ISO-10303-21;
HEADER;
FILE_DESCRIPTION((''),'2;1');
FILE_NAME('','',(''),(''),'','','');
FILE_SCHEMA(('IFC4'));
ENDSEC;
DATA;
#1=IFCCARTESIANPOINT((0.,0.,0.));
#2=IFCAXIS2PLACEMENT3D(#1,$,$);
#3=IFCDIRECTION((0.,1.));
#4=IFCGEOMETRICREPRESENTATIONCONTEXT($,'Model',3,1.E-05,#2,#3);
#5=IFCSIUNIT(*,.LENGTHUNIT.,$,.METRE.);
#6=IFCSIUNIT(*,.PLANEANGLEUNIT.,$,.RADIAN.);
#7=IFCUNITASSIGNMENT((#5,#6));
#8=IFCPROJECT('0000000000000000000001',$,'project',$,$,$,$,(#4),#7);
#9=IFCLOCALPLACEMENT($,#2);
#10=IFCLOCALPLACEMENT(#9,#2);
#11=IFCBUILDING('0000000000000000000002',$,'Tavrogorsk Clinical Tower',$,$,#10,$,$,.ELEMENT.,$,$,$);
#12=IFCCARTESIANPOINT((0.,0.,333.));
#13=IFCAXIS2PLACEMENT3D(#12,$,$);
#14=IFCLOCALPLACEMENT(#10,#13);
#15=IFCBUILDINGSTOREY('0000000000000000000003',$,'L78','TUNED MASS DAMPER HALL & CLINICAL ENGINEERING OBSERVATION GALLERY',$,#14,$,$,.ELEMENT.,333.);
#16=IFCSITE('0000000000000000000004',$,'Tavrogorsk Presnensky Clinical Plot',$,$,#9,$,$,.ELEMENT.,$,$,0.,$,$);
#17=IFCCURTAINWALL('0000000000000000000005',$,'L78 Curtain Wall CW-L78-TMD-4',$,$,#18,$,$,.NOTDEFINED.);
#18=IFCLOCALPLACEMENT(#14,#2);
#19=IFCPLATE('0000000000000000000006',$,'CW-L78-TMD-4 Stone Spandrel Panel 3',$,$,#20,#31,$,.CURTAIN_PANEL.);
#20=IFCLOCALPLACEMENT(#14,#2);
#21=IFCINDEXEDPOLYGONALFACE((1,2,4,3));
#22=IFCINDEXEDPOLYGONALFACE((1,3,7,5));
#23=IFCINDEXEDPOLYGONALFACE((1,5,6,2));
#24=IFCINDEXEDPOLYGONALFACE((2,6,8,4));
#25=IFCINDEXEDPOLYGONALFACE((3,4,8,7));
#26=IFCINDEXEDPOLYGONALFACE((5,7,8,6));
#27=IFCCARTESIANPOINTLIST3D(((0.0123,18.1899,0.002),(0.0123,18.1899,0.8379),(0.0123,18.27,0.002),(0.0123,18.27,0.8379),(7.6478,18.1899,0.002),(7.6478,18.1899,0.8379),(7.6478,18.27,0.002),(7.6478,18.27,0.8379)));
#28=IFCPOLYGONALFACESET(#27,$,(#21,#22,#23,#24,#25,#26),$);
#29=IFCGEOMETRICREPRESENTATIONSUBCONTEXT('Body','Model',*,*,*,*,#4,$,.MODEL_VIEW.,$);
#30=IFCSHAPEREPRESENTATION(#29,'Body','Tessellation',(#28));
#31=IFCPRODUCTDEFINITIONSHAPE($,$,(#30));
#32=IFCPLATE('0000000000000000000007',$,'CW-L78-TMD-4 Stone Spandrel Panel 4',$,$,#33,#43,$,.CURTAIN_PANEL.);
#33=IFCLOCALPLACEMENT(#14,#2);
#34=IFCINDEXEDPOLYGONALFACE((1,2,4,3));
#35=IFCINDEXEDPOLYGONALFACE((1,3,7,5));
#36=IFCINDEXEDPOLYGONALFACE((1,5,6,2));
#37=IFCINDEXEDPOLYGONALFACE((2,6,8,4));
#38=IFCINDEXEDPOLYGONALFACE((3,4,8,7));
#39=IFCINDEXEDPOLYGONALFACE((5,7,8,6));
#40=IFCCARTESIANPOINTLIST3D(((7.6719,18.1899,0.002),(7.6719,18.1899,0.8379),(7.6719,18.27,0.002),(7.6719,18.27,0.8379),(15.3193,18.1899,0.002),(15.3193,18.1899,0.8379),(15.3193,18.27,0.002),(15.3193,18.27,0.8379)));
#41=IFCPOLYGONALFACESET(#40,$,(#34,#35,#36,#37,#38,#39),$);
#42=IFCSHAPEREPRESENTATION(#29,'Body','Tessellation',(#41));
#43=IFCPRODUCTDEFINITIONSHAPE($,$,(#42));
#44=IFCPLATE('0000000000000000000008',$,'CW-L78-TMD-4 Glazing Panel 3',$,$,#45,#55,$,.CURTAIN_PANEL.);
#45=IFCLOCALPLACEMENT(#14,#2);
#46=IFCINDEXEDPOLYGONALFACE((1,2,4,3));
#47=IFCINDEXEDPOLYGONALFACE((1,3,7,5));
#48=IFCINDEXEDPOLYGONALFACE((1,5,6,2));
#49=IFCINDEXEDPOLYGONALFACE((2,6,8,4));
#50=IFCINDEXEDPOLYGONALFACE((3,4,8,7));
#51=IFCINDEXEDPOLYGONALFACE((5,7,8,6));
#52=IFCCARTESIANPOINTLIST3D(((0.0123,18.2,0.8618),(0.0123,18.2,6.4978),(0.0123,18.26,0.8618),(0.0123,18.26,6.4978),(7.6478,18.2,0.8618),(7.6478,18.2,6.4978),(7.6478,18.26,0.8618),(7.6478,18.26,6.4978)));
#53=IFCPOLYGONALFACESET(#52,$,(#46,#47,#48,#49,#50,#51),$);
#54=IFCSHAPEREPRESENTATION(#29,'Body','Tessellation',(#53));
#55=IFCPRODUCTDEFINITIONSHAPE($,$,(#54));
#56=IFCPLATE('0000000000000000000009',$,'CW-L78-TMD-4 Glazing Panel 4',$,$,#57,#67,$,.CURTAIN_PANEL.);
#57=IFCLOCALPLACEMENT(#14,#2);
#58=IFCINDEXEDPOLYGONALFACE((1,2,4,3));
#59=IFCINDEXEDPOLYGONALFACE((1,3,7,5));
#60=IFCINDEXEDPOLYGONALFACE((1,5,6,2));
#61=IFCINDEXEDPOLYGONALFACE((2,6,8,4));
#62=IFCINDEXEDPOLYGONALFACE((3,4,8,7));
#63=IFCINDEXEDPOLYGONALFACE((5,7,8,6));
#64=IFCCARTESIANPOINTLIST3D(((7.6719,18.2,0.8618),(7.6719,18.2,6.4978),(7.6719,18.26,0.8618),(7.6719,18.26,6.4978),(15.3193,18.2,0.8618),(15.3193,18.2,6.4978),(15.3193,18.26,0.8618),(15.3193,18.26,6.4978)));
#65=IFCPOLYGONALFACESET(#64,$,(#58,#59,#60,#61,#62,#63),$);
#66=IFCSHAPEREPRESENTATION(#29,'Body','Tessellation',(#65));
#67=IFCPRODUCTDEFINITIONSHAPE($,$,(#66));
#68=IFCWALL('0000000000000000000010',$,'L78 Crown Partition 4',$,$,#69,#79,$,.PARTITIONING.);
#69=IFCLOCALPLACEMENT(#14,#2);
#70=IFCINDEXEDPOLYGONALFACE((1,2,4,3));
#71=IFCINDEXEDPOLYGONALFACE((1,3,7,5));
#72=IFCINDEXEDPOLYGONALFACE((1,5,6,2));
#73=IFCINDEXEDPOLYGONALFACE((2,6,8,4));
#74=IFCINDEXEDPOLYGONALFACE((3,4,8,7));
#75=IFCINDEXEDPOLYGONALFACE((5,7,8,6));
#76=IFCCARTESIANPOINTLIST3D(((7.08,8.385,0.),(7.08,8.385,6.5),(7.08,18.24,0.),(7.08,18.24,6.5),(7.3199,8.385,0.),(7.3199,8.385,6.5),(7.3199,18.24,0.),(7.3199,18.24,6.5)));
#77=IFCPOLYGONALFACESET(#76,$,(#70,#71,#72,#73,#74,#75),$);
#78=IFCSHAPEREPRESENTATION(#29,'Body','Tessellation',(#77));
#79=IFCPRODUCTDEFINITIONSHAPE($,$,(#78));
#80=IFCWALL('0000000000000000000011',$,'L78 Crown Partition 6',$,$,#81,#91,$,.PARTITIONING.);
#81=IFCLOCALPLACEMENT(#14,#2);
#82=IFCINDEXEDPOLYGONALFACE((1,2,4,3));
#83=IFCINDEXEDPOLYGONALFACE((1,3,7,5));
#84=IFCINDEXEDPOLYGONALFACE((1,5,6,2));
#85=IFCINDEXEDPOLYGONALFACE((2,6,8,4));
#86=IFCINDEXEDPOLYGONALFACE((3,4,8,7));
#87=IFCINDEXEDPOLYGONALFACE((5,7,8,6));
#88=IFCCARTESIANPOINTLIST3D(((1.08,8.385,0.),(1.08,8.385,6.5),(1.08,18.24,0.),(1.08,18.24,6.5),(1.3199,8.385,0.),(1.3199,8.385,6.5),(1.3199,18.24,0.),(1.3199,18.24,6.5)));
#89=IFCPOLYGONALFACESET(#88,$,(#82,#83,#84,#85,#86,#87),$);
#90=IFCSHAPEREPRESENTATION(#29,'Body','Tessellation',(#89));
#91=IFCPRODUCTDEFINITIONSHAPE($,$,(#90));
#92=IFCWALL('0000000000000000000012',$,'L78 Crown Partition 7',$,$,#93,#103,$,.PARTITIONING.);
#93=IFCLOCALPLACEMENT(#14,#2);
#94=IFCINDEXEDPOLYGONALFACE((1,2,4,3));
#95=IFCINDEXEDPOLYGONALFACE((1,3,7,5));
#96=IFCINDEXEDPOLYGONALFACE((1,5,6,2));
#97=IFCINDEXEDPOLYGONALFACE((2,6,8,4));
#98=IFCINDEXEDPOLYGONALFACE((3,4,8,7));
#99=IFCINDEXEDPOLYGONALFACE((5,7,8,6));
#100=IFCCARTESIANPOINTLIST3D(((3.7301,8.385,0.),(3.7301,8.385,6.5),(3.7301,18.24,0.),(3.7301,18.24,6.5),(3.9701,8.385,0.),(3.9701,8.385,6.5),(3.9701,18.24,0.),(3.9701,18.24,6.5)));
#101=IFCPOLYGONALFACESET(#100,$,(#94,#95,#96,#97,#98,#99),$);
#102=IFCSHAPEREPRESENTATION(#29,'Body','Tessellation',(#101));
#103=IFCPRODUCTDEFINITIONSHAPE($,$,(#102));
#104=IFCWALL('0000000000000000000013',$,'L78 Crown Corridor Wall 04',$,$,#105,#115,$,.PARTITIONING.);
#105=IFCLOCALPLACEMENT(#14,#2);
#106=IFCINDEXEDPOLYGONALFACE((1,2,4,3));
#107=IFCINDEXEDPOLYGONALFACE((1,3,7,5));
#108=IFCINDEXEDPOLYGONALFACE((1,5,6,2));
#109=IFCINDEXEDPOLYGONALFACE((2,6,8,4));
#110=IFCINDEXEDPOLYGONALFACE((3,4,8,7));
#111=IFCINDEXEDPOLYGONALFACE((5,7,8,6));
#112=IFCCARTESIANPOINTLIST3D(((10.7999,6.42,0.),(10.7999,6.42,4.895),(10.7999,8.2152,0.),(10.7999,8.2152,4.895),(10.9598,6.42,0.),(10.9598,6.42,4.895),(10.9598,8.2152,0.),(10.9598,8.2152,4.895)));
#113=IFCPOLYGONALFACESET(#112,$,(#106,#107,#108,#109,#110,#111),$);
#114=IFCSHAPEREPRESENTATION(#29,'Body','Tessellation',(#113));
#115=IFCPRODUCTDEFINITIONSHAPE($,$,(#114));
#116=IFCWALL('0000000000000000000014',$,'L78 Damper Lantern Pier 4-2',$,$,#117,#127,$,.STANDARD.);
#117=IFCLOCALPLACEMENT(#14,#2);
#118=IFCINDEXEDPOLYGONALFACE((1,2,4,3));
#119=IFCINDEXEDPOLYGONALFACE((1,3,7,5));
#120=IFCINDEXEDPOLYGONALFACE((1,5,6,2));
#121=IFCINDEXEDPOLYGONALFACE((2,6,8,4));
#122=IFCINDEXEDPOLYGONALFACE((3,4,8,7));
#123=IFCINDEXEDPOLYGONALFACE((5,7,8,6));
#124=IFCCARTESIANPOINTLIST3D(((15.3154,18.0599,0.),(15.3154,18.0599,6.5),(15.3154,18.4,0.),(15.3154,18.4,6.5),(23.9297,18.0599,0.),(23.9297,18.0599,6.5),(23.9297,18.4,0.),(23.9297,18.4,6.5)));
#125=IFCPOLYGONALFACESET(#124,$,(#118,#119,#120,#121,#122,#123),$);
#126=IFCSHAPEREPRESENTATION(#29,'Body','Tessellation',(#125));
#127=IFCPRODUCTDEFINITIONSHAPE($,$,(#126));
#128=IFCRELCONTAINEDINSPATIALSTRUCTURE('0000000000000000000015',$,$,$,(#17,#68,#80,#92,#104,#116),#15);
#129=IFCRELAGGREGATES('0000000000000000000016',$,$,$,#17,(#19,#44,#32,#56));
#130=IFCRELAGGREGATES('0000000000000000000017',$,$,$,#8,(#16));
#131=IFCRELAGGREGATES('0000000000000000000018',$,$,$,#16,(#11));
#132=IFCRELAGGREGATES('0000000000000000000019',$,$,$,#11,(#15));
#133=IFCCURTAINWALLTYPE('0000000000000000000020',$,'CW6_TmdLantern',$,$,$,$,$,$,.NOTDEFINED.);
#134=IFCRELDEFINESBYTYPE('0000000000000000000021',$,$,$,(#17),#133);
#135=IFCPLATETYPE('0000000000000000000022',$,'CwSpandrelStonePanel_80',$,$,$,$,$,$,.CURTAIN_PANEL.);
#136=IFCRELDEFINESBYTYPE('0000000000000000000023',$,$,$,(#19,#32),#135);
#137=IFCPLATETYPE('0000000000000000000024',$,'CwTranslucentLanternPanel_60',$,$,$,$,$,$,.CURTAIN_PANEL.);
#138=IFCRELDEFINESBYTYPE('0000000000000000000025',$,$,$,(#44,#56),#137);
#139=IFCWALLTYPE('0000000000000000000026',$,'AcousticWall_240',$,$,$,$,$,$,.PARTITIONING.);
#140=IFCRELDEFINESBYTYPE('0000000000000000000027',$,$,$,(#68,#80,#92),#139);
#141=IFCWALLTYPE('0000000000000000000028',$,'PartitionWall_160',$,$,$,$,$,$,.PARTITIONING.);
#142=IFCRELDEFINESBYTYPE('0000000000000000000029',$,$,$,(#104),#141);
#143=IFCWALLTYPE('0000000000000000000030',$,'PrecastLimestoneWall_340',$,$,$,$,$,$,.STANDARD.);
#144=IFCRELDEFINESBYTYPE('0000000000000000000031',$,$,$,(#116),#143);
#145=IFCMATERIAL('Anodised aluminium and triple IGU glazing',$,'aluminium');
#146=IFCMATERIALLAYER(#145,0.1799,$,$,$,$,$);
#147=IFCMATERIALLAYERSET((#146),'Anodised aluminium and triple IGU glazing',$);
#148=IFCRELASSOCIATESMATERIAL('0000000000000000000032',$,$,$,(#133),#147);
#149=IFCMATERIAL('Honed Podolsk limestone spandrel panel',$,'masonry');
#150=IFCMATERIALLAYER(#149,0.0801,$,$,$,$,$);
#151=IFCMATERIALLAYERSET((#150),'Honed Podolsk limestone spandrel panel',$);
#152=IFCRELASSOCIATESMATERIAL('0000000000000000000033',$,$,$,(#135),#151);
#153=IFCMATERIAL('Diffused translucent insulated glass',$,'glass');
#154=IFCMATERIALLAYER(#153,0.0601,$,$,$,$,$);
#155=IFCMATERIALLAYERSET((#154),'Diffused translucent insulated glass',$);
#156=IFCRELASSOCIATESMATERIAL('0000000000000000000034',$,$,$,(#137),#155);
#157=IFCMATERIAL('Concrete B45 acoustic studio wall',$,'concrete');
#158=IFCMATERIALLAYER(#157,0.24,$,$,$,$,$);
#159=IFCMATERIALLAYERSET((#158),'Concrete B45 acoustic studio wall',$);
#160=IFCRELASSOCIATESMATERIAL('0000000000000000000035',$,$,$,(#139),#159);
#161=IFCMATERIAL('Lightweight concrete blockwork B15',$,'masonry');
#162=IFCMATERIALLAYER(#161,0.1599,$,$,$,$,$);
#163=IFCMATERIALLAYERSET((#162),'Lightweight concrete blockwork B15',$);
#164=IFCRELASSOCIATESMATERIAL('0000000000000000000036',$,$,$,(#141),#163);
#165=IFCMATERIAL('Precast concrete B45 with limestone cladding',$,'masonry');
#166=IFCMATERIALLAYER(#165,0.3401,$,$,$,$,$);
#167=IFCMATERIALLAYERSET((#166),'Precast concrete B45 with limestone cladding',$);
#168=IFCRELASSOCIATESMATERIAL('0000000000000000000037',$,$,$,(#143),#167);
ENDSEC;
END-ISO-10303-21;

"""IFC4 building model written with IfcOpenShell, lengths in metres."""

from ifc_helpers import new_model, si_unit, direction, frame, frame_2d, origin, origin_2d, place, context, subcontext, project, spatial, rectangle, extrude, material, layer, layer_set, type_object, element, aggregate, save


model = new_model("IFC4")

# Units and contexts
model_context = context("Model", 3, precision=1e-05, world=origin(), true_north=direction((0.0, 1.0)))
body_context = subcontext(model_context, "Body", "Model", "MODEL_VIEW")
ifc_project = project(units=[si_unit("LENGTHUNIT", "METRE"), si_unit("PLANEANGLEUNIT", "RADIAN")], contexts=[model_context])

# Site, building, storey
site_placement = place(None, origin())
site = spatial("IfcSite", under=ifc_project, at=site_placement, Name="Tavrogorsk Presnensky Clinical Plot", CompositionType="ELEMENT", RefElevation=0.0)
building_placement = place(site_placement, origin())
building = spatial("IfcBuilding", under=site, at=building_placement, Name="Tavrogorsk Clinical Tower", CompositionType="ELEMENT")
storey_placement = place(building_placement, frame((0.0, 0.0, 333.0)))
storey = spatial("IfcBuildingStorey", under=building, at=storey_placement, Name="L78", Description="TUNED MASS DAMPER HALL & CLINICAL ENGINEERING OBSERVATION GALLERY", CompositionType="ELEMENT", Elevation=333.0)

# Curtain wall
ifc_material_1 = material(Name="Anodised aluminium and triple IGU glazing", Category="aluminium")
ifc_layer_1 = layer(ifc_material_1, 0.1799)
ifc_layer_set_1 = layer_set([ifc_layer_1], Name="Anodised aluminium and triple IGU glazing")
curtain_wall_type = type_object("IfcCurtainWallType", Name="CW6_TmdLantern", PredefinedType="NOTDEFINED", material=ifc_layer_set_1)
curtain_wall_placement = place(storey_placement, origin())
curtain_wall = element("IfcCurtainWall", 1, at=curtain_wall_placement, inside=storey, type_object=curtain_wall_type, Name="L78 Curtain Wall CW-L78-TMD-4", PredefinedType="NOTDEFINED")

# Plates
ifc_material_2 = material(Name="Honed Podolsk limestone spandrel panel", Category="masonry")
ifc_layer_2 = layer(ifc_material_2, 0.0801)
ifc_layer_set_2 = layer_set([ifc_layer_2], Name="Honed Podolsk limestone spandrel panel")
plate_type_1 = type_object("IfcPlateType", Name="CwSpandrelStonePanel_80", PredefinedType="CURTAIN_PANEL", material=ifc_layer_set_2)
plate_1_placement = place(storey_placement, frame((3.8301, 18.23, 0.002), z_axis=(0.0, 0.0, 1.0), x_axis=(1.0, 0.0, 0.0)))
plate_1 = element("IfcPlate", 2, at=plate_1_placement, type_object=plate_type_1, Name="CW-L78-TMD-4 Stone Spandrel Panel 3", PredefinedType="CURTAIN_PANEL", context=body_context, shape_type="SweptSolid", body=[
    extrude(rectangle(XDim=7.6355, YDim=0.0801, at=origin_2d()), origin(), (0.0, 0.0, 1.0), 0.8359),
])
plate_2_placement = place(storey_placement, frame((11.4956, 18.23, 0.002), z_axis=(0.0, 0.0, 1.0), x_axis=(1.0, 0.0, 0.0)))
plate_2 = element("IfcPlate", 3, at=plate_2_placement, type_object=plate_type_1, Name="CW-L78-TMD-4 Stone Spandrel Panel 4", PredefinedType="CURTAIN_PANEL", context=body_context, shape_type="SweptSolid", body=[
    extrude(rectangle(XDim=7.6475, YDim=0.0801, at=origin_2d()), origin(), (0.0, 0.0, 1.0), 0.8359),
])
ifc_material_3 = material(Name="Diffused translucent insulated glass", Category="glass")
ifc_layer_3 = layer(ifc_material_3, 0.0601)
ifc_layer_set_3 = layer_set([ifc_layer_3], Name="Diffused translucent insulated glass")
plate_type_2 = type_object("IfcPlateType", Name="CwTranslucentLanternPanel_60", PredefinedType="CURTAIN_PANEL", material=ifc_layer_set_3)
plate_3_placement = place(storey_placement, frame((3.8301, 18.23, 0.8618), z_axis=(0.0, 0.0, 1.0), x_axis=(1.0, 0.0, 0.0)))
plate_3 = element("IfcPlate", 4, at=plate_3_placement, type_object=plate_type_2, Name="CW-L78-TMD-4 Glazing Panel 3", PredefinedType="CURTAIN_PANEL", context=body_context, shape_type="SweptSolid", body=[
    extrude(rectangle(XDim=7.6355, YDim=0.0601, at=origin_2d()), origin(), (0.0, 0.0, 1.0), 5.636),
])
plate_4_placement = place(storey_placement, frame((11.4956, 18.23, 0.8618), z_axis=(0.0, 0.0, 1.0), x_axis=(1.0, 0.0, 0.0)))
plate_4 = element("IfcPlate", 5, at=plate_4_placement, type_object=plate_type_2, Name="CW-L78-TMD-4 Glazing Panel 4", PredefinedType="CURTAIN_PANEL", context=body_context, shape_type="SweptSolid", body=[
    extrude(rectangle(XDim=7.6475, YDim=0.0601, at=origin_2d()), origin(), (0.0, 0.0, 1.0), 5.636),
])
aggregate(curtain_wall, [plate_1, plate_3, plate_2, plate_4])

# Walls
ifc_material_4 = material(Name="Concrete B45 acoustic studio wall", Category="concrete")
ifc_layer_4 = layer(ifc_material_4, 0.24)
ifc_layer_set_4 = layer_set([ifc_layer_4], Name="Concrete B45 acoustic studio wall")
wall_type_1 = type_object("IfcWallType", Name="AcousticWall_240", PredefinedType="PARTITIONING", material=ifc_layer_set_4)
for number, where, z_axis, x_axis, name in (
    (6, (7.2, 8.385, 0.0), (0.0, 0.0, 1.0), (0.0, 1.0, 0.0), "L78 Crown Partition 4"),
    (7, (1.2, 8.385, 0.0), (0.0, 0.0, 1.0), (0.0, 1.0, 0.0), "L78 Crown Partition 6"),
    (8, (3.8501, 8.385, 0.0), (0.0, 0.0, 1.0), (0.0, 1.0, 0.0), "L78 Crown Partition 7"),
):
    element("IfcWall", number, at=place(storey_placement, frame(where, z_axis=z_axis, x_axis=x_axis)), inside=storey, type_object=wall_type_1, Name=name, PredefinedType="PARTITIONING", context=body_context, shape_type="SweptSolid", body=[
        extrude(rectangle(XDim=9.855, YDim=0.24, at=frame_2d((4.9275, 0.0))), origin(), (0.0, 0.0, 1.0), 6.5),
    ])
ifc_material_5 = material(Name="Lightweight concrete blockwork B15", Category="masonry")
ifc_layer_5 = layer(ifc_material_5, 0.1599)
ifc_layer_set_5 = layer_set([ifc_layer_5], Name="Lightweight concrete blockwork B15")
wall_type_2 = type_object("IfcWallType", Name="PartitionWall_160", PredefinedType="PARTITIONING", material=ifc_layer_set_5)
wall_1_placement = place(storey_placement, frame((10.8799, 8.2151, 0.0), z_axis=(0.0, 0.0, 1.0), x_axis=(0.0, -1.0, 0.0)))
element("IfcWall", 9, at=wall_1_placement, inside=storey, type_object=wall_type_2, Name="L78 Crown Corridor Wall 04", PredefinedType="PARTITIONING", context=body_context, shape_type="SweptSolid", body=[
    extrude(rectangle(XDim=1.7952, YDim=0.1599, at=frame_2d((0.8975, 0.0))), origin(), (0.0, 0.0, 1.0), 4.895),
])
ifc_material_6 = material(Name="Precast concrete B45 with limestone cladding", Category="masonry")
ifc_layer_6 = layer(ifc_material_6, 0.3401)
ifc_layer_set_6 = layer_set([ifc_layer_6], Name="Precast concrete B45 with limestone cladding")
wall_type_3 = type_object("IfcWallType", Name="PrecastLimestoneWall_340", PredefinedType="STANDARD", material=ifc_layer_set_6)
wall_2_placement = place(storey_placement, frame((15.3154, 18.23, 0.0), z_axis=(0.0, 0.0, 1.0), x_axis=(1.0, 0.0, 0.0)))
element("IfcWall", 10, at=wall_2_placement, inside=storey, type_object=wall_type_3, Name="L78 Damper Lantern Pier 4-2", PredefinedType="STANDARD", context=body_context, shape_type="SweptSolid", body=[
    extrude(rectangle(XDim=8.6143, YDim=0.3401, at=frame_2d((4.3071, 0.0))), origin(), (0.0, 0.0, 1.0), 6.5),
])

save(model, "model.ifc")
